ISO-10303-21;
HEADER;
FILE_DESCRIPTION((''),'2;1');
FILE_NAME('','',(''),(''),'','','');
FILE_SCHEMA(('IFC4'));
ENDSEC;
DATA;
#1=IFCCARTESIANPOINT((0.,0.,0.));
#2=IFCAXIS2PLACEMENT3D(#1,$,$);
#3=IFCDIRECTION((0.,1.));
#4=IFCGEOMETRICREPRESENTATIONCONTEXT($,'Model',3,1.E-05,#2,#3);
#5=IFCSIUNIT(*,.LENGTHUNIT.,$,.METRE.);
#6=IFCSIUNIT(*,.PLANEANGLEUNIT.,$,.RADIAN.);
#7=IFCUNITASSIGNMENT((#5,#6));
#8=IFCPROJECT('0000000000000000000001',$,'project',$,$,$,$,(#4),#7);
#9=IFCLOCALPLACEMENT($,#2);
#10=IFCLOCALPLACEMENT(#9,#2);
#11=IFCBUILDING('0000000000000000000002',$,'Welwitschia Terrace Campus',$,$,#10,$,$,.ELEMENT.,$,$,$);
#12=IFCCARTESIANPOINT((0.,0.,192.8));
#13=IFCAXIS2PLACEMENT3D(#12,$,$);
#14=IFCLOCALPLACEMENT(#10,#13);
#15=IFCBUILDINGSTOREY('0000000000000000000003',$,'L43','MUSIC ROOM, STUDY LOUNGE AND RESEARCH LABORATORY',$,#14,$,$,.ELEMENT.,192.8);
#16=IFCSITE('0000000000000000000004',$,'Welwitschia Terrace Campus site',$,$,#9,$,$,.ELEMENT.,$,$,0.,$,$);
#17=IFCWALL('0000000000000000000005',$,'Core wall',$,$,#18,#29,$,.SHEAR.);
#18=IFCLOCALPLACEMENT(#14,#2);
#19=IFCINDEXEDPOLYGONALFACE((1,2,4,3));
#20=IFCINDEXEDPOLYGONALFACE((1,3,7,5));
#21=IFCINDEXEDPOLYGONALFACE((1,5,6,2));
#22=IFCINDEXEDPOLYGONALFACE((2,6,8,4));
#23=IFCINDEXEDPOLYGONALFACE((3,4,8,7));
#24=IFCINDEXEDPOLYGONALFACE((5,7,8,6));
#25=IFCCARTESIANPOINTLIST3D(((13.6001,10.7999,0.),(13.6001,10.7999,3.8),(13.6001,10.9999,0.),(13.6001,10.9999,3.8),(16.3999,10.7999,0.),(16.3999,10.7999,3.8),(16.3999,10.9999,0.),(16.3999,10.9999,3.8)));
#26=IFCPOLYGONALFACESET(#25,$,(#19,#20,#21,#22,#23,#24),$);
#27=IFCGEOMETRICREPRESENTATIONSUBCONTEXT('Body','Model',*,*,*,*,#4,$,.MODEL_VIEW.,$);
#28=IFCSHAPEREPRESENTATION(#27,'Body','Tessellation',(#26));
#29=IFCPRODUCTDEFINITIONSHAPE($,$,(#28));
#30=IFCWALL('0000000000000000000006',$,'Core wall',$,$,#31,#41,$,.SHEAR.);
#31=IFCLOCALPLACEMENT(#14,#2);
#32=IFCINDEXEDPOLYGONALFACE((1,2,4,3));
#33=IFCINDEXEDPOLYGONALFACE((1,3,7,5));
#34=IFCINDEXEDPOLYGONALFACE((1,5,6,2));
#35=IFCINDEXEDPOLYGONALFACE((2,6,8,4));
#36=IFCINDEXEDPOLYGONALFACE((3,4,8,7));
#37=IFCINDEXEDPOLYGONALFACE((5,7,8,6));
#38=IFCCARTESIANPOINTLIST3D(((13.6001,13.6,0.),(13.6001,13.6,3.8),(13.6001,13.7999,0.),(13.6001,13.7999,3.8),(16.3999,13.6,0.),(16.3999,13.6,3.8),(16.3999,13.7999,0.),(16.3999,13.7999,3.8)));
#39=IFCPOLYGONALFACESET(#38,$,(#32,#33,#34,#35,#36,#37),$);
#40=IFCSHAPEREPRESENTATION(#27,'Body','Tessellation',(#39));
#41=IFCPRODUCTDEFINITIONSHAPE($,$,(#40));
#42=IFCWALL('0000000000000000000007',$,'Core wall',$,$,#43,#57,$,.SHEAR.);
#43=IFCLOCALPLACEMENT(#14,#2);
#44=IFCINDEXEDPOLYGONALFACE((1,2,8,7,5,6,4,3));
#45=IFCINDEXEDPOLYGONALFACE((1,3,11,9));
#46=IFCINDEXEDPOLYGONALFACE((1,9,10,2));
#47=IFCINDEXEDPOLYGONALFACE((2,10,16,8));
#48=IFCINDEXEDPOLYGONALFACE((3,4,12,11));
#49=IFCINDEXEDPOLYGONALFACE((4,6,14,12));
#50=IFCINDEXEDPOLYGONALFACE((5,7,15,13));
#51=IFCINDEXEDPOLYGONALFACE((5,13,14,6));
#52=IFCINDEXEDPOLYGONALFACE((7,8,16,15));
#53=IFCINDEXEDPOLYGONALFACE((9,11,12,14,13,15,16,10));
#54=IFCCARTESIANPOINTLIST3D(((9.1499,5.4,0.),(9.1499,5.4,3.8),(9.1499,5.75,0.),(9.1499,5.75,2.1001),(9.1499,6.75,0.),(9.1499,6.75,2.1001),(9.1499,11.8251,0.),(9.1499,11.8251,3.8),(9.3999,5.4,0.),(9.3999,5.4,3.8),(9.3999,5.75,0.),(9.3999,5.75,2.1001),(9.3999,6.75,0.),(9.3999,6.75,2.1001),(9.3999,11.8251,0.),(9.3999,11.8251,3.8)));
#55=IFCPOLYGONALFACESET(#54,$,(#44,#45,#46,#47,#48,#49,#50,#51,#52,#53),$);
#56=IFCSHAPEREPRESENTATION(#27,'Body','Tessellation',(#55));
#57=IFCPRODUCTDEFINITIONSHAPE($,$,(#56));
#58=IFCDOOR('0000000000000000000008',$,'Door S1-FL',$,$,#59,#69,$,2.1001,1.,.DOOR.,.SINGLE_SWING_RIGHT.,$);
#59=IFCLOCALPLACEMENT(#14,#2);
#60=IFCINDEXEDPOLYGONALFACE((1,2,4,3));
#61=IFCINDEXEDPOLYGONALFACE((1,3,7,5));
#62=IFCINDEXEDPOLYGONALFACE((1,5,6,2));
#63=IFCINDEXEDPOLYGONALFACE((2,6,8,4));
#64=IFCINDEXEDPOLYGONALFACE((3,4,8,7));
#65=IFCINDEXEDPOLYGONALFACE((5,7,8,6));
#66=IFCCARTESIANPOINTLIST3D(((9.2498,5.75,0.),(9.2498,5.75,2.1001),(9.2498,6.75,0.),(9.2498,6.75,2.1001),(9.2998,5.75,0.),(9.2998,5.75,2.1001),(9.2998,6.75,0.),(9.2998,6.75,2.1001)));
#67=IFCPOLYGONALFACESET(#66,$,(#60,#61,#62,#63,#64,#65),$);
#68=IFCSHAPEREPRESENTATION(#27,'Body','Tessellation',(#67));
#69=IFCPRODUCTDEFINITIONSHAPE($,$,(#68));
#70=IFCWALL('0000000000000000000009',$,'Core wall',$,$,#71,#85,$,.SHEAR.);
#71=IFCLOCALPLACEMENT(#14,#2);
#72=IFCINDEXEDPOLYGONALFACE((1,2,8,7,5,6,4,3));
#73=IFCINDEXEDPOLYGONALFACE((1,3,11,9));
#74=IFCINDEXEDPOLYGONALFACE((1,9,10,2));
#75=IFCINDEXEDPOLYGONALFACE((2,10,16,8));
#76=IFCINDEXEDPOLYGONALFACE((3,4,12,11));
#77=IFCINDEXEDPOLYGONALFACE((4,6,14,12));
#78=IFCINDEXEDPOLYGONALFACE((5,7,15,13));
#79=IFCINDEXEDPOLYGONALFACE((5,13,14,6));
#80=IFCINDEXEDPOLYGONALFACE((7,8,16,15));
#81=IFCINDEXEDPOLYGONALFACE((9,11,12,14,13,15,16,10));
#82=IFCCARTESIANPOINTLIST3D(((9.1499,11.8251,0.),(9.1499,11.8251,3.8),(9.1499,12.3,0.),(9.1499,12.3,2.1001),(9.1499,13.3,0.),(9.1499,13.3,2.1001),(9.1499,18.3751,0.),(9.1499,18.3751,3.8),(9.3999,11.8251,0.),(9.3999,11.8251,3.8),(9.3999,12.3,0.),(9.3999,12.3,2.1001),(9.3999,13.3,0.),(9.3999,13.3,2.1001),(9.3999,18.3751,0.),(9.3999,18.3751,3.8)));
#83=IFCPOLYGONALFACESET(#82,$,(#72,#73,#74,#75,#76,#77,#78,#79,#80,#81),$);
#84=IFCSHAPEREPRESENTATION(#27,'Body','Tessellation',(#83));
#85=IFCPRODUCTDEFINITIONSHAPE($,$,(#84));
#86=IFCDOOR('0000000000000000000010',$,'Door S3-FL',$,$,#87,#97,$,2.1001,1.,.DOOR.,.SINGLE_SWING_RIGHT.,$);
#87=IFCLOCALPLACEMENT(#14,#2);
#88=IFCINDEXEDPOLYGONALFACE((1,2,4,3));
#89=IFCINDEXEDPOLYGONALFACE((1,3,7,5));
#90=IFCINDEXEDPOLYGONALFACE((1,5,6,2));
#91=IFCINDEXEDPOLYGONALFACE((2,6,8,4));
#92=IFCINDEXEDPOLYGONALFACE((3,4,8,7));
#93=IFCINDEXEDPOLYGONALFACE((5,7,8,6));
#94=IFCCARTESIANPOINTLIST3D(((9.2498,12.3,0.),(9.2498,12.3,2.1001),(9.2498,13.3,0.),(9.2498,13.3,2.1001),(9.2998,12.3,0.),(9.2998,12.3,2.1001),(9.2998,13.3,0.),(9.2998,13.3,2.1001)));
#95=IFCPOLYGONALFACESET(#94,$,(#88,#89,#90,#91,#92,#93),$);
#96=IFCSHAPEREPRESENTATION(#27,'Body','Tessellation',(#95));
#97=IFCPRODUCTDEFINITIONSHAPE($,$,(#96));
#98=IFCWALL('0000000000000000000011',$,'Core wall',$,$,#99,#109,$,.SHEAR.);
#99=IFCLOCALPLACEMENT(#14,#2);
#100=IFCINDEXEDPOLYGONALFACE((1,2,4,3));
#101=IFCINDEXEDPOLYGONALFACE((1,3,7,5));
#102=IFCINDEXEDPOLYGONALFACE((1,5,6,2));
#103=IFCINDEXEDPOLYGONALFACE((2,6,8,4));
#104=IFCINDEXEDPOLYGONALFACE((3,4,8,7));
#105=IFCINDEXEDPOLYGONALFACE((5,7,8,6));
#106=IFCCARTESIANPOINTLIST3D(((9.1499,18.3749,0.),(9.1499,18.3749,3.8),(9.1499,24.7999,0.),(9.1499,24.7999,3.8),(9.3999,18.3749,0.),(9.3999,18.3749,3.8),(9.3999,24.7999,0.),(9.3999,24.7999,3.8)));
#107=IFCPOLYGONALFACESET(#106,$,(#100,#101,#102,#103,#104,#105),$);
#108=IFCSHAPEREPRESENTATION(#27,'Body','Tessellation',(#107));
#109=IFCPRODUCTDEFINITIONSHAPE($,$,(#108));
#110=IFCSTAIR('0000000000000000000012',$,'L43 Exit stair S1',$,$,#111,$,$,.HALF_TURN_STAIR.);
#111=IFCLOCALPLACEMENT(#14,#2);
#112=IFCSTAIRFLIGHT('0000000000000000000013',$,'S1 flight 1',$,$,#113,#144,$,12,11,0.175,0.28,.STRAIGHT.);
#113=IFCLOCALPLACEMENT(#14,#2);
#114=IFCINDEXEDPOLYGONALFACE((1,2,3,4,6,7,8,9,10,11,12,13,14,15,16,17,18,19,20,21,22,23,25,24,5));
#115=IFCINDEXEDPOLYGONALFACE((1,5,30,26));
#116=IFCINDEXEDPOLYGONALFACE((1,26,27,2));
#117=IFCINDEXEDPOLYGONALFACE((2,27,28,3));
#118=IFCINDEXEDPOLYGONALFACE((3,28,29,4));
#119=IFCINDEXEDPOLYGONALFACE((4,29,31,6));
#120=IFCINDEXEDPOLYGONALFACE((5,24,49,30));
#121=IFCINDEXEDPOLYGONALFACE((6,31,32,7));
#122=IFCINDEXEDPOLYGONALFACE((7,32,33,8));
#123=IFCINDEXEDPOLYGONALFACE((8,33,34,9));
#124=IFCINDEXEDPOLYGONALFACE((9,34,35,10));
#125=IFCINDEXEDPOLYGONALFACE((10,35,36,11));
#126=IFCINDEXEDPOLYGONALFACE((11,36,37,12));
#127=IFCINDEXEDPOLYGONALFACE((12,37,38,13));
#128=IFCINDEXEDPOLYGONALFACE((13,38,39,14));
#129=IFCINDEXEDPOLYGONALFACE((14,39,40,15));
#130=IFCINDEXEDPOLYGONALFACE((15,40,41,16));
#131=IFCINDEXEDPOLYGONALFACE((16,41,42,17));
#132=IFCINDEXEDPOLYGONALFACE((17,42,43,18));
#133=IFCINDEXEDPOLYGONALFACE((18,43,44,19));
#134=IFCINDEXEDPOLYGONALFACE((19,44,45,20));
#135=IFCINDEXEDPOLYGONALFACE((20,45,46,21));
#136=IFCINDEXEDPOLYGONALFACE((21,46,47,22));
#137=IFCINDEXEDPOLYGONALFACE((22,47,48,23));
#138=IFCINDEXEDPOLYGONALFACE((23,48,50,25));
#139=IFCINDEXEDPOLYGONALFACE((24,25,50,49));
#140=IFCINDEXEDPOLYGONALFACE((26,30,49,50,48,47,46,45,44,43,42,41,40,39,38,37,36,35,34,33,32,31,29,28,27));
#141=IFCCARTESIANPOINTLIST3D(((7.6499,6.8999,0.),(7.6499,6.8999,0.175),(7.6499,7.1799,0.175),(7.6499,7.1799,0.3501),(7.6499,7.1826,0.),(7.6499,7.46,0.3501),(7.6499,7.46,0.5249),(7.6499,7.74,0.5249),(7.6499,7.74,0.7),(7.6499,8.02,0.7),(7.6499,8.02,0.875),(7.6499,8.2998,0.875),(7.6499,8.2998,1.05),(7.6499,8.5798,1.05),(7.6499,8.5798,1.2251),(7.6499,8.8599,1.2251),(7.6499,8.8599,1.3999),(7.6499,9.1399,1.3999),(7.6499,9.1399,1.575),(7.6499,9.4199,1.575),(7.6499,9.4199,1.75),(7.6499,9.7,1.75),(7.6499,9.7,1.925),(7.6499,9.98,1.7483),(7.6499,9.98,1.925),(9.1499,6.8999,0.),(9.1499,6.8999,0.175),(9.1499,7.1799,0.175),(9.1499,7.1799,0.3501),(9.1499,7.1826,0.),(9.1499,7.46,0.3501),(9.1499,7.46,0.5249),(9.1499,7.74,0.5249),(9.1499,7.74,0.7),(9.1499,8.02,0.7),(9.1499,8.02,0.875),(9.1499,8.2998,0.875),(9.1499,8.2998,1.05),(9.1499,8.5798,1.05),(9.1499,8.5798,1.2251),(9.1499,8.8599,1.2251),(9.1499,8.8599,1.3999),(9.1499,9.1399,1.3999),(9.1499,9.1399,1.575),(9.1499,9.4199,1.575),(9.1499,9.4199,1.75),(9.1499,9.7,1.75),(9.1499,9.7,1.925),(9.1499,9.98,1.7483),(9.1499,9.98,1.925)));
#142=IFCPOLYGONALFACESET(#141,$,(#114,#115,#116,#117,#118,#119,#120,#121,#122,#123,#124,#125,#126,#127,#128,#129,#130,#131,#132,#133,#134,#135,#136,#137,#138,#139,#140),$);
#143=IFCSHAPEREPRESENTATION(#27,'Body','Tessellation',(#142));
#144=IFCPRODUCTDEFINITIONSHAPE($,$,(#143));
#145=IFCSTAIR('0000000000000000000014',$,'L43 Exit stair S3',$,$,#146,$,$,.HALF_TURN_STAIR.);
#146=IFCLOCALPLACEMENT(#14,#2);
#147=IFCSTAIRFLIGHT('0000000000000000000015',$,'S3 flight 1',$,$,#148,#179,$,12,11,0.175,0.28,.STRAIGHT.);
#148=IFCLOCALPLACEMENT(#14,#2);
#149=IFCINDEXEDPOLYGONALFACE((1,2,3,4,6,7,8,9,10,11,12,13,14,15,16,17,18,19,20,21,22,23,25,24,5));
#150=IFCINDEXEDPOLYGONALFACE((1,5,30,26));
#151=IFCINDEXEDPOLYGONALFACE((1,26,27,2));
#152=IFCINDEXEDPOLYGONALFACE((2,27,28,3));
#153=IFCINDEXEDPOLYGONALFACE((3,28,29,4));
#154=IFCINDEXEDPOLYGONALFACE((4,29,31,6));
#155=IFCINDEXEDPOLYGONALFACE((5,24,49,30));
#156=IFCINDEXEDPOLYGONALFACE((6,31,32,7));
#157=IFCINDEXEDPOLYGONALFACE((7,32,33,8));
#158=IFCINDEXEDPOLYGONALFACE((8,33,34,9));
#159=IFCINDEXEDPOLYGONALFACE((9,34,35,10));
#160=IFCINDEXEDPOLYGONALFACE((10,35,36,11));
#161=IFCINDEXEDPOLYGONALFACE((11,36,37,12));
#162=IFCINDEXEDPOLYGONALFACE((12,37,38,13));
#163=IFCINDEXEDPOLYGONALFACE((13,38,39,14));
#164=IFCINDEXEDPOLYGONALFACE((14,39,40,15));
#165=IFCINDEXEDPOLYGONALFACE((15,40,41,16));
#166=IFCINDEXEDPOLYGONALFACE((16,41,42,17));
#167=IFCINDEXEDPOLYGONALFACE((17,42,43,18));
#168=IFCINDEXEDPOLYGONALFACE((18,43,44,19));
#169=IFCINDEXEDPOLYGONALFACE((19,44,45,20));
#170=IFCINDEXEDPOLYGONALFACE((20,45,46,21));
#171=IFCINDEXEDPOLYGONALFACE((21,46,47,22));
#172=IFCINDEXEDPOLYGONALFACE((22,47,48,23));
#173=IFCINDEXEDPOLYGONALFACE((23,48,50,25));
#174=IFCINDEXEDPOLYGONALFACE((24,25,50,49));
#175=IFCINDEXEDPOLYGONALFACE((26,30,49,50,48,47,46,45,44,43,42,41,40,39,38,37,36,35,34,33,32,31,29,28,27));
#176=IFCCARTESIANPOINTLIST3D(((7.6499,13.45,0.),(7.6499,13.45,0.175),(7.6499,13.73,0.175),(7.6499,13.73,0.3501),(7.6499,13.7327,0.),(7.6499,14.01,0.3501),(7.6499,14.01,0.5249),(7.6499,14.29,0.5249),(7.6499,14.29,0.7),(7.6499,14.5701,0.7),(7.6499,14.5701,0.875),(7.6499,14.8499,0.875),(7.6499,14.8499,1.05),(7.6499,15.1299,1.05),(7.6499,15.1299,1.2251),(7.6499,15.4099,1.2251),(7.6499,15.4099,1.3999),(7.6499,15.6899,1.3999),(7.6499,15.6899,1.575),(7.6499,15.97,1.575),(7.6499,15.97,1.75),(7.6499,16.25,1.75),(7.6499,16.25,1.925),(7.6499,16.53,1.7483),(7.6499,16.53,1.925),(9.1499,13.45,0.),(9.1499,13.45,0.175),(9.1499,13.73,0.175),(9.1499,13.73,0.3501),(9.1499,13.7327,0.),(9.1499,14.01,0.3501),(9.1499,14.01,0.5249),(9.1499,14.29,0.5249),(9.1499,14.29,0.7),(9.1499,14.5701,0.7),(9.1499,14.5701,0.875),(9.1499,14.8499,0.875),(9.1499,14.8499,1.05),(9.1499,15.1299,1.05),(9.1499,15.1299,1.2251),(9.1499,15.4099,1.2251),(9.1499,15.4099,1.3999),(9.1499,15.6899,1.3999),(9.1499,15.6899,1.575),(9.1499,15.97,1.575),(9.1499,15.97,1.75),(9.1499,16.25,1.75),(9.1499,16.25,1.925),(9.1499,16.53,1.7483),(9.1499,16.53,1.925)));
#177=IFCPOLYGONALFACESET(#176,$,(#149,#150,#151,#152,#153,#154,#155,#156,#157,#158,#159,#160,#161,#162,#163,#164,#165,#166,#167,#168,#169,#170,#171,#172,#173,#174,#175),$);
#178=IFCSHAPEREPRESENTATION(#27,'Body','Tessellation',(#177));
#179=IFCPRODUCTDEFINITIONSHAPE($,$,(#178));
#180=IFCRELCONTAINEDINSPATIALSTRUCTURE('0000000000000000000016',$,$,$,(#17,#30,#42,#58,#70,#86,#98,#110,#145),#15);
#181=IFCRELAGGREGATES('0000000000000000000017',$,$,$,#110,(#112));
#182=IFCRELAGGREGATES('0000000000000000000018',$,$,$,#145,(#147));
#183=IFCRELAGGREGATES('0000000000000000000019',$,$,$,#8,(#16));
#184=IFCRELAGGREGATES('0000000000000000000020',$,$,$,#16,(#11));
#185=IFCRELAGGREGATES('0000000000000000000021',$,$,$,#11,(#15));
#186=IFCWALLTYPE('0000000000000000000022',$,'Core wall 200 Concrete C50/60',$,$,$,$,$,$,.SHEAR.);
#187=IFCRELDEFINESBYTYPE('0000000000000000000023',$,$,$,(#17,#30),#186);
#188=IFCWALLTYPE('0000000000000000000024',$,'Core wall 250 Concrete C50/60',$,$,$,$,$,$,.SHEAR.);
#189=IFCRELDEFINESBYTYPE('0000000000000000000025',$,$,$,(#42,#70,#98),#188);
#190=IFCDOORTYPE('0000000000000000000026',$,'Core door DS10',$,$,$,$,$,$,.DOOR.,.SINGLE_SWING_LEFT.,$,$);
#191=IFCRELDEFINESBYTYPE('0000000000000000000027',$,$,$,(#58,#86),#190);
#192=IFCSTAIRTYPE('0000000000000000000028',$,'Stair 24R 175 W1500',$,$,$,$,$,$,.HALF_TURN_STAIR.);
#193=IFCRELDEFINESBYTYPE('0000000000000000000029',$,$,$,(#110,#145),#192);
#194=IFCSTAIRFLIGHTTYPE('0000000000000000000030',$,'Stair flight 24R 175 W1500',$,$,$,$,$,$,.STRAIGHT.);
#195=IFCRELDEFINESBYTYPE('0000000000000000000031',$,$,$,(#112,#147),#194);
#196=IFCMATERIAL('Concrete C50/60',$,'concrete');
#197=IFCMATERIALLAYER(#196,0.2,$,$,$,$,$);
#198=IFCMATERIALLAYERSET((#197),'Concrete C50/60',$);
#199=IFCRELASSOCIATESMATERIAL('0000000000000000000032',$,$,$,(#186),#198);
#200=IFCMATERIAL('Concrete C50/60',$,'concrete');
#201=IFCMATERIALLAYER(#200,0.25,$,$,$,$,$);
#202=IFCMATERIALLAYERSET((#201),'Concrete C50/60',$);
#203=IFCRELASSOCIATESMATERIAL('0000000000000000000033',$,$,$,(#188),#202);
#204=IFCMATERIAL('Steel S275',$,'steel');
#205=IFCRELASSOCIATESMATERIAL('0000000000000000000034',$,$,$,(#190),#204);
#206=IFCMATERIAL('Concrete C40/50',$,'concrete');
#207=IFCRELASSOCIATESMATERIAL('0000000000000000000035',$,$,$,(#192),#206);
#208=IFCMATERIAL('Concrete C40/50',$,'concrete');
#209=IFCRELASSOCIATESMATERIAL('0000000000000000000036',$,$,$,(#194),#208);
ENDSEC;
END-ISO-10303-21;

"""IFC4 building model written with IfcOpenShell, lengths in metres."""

from ifc_helpers import new_model, si_unit, direction, frame, frame_2d, origin, place, context, subcontext, project, spatial, polyline, rectangle, outline, extrude, material, layer, layer_set, type_object, element, fill, aggregate, save


model = new_model("IFC4")

# Units and contexts
model_context = context("Model", 3, precision=1e-05, world=origin(), true_north=direction((0.0, 1.0)))
body_context = subcontext(model_context, "Body", "Model", "MODEL_VIEW")
ifc_project = project(units=[si_unit("LENGTHUNIT", "METRE"), si_unit("PLANEANGLEUNIT", "RADIAN")], contexts=[model_context])

# Site, building, storey
site_placement = place(None, origin())
site = spatial("IfcSite", under=ifc_project, at=site_placement, Name="Welwitschia Terrace Campus site", CompositionType="ELEMENT", RefElevation=0.0)
building_placement = place(site_placement, origin())
building = spatial("IfcBuilding", under=site, at=building_placement, Name="Welwitschia Terrace Campus", CompositionType="ELEMENT")
storey_placement = place(building_placement, frame((0.0, 0.0, 192.8)))
storey = spatial("IfcBuildingStorey", under=building, at=storey_placement, Name="L43", Description="MUSIC ROOM, STUDY LOUNGE AND RESEARCH LABORATORY", CompositionType="ELEMENT", Elevation=192.8)

# Walls
ifc_material_1 = material(Name="Concrete C50/60", Category="concrete")
ifc_layer_1 = layer(ifc_material_1, 0.2)
ifc_layer_set_1 = layer_set([ifc_layer_1], Name="Concrete C50/60")
wall_type_1 = type_object("IfcWallType", Name="Core wall 200 Concrete C50/60", PredefinedType="SHEAR", material=ifc_layer_set_1)
for number, where, z_axis, x_axis, name in (
    (1, (13.6001, 10.8999, 0.0), (0.0, 0.0, 1.0), (1.0, 0.0, 0.0), "Core wall"),
    (2, (13.6001, 13.7, 0.0), (0.0, 0.0, 1.0), (1.0, 0.0, 0.0), "Core wall"),
):
    element("IfcWall", number, at=place(storey_placement, frame(where, z_axis=z_axis, x_axis=x_axis)), inside=storey, type_object=wall_type_1, Name=name, PredefinedType="SHEAR", context=body_context, shape_type="SweptSolid", body=[
        extrude(rectangle(XDim=2.7998, YDim=0.2, at=frame_2d((1.3999, 0.0))), origin(), (0.0, 0.0, 1.0), 3.8),
    ])

# Walls, openings, doors
ifc_material_2 = material(Name="Concrete C50/60", Category="concrete")
ifc_layer_2 = layer(ifc_material_2, 0.25)
ifc_layer_set_2 = layer_set([ifc_layer_2], Name="Concrete C50/60")
wall_type_2 = type_object("IfcWallType", Name="Core wall 250 Concrete C50/60", PredefinedType="SHEAR", material=ifc_layer_set_2)
wall_1_placement = place(storey_placement, frame((9.2749, 11.825, 0.0), z_axis=(0.0, 0.0, 1.0), x_axis=(0.0, -1.0, 0.0)))
wall_1 = element("IfcWall", 3, at=wall_1_placement, inside=storey, type_object=wall_type_2, Name="Core wall", PredefinedType="SHEAR", context=body_context, shape_type="SweptSolid", body=[
    extrude(rectangle(XDim=6.425, YDim=0.25, at=frame_2d((3.2124, 0.0))), origin(), (0.0, 0.0, 1.0), 3.8),
])
opening_1_placement = place(wall_1_placement, frame((5.075, 0.0, 0.0)))
opening_1 = element("IfcOpeningElement", 4, at=opening_1_placement, cuts=wall_1, PredefinedType="OPENING", context=body_context, shape_type="SweptSolid", body=[
    extrude(rectangle(XDim=1.0, YDim=2.1001, at=frame_2d((0.5, 1.05))), frame((0.0, 0.135, 0.0), z_axis=(0.0, -1.0, 0.0), x_axis=(1.0, 0.0, 0.0)), (0.0, 0.0, 1.0), 0.27),
])
ifc_material_3 = material(Name="Steel S275", Category="steel")
door_type_1 = type_object("IfcDoorType", Name="Core door DS10", OperationType="SINGLE_SWING_LEFT", PredefinedType="DOOR", material=ifc_material_3)
door_1_placement = place(opening_1_placement, origin())
door_1 = element("IfcDoor", 5, at=door_1_placement, inside=storey, type_object=door_type_1, Name="Door S1-FL", OperationType="SINGLE_SWING_RIGHT", OverallHeight=2.1001, OverallWidth=1.0, PredefinedType="DOOR", context=body_context, shape_type="SweptSolid", body=[
    extrude(rectangle(XDim=1.0, YDim=2.1001, at=frame_2d((0.5, 1.05))), frame((0.0, 0.0249, 0.0), z_axis=(0.0, -1.0, 0.0), x_axis=(1.0, 0.0, 0.0)), (0.0, 0.0, 1.0), 0.05),
])
fill(opening_1, door_1)
wall_2_placement = place(storey_placement, frame((9.2749, 18.375, 0.0), z_axis=(0.0, 0.0, 1.0), x_axis=(0.0, -1.0, 0.0)))
wall_2 = element("IfcWall", 6, at=wall_2_placement, inside=storey, type_object=wall_type_2, Name="Core wall", PredefinedType="SHEAR", context=body_context, shape_type="SweptSolid", body=[
    extrude(rectangle(XDim=6.55, YDim=0.25, at=frame_2d((3.2749, 0.0))), origin(), (0.0, 0.0, 1.0), 3.8),
])
opening_2_placement = place(wall_2_placement, frame((5.075, 0.0, 0.0)))
opening_2 = element("IfcOpeningElement", 7, at=opening_2_placement, cuts=wall_2, PredefinedType="OPENING", context=body_context, shape_type="SweptSolid", body=[
    extrude(rectangle(XDim=1.0, YDim=2.1001, at=frame_2d((0.5, 1.05))), frame((0.0, 0.135, 0.0), z_axis=(0.0, -1.0, 0.0), x_axis=(1.0, 0.0, 0.0)), (0.0, 0.0, 1.0), 0.27),
])
door_2_placement = place(opening_2_placement, origin())
door_2 = element("IfcDoor", 8, at=door_2_placement, inside=storey, type_object=door_type_1, Name="Door S3-FL", OperationType="SINGLE_SWING_RIGHT", OverallHeight=2.1001, OverallWidth=1.0, PredefinedType="DOOR", context=body_context, shape_type="SweptSolid", body=[
    extrude(rectangle(XDim=1.0, YDim=2.1001, at=frame_2d((0.5, 1.05))), frame((0.0, 0.0249, 0.0), z_axis=(0.0, -1.0, 0.0), x_axis=(1.0, 0.0, 0.0)), (0.0, 0.0, 1.0), 0.05),
])
fill(opening_2, door_2)

# Wall
wall_3_placement = place(storey_placement, frame((9.2749, 18.375, 0.0), z_axis=(0.0, 0.0, 1.0), x_axis=(0.0, 1.0, 0.0)))
element("IfcWall", 9, at=wall_3_placement, inside=storey, type_object=wall_type_2, Name="Core wall", PredefinedType="SHEAR", context=body_context, shape_type="SweptSolid", body=[
    extrude(rectangle(XDim=6.425, YDim=0.25, at=frame_2d((3.2124, 0.0))), origin(), (0.0, 0.0, 1.0), 3.8),
])

# Stairs, stair flights
ifc_material_4 = material(Name="Concrete C40/50", Category="concrete")
stair_type = type_object("IfcStairType", Name="Stair 24R 175 W1500", PredefinedType="HALF_TURN_STAIR", material=ifc_material_4)
stair_1_placement = place(storey_placement, origin())
stair_1 = element("IfcStair", 10, at=stair_1_placement, inside=storey, type_object=stair_type, Name="L43 Exit stair S1", PredefinedType="HALF_TURN_STAIR")
ifc_material_5 = material(Name="Concrete C40/50", Category="concrete")
stair_flight_type = type_object("IfcStairFlightType", Name="Stair flight 24R 175 W1500", PredefinedType="STRAIGHT", material=ifc_material_5)
stair_flight_1_placement = place(storey_placement, frame((8.3999, 6.8999, 0.0), z_axis=(0.0, 0.0, 1.0), x_axis=(0.0, 1.0, 0.0)))
stair_flight_1 = element("IfcStairFlight", 11, at=stair_flight_1_placement, type_object=stair_flight_type, Name="S1 flight 1", NumberOfRisers=12, NumberOfTreads=11, PredefinedType="STRAIGHT", RiserHeight=0.175, TreadLength=0.28, context=body_context, shape_type="SweptSolid", body=[
    extrude(outline(polyline([(0.0, 0.0), (0.0, 0.175), (0.28, 0.175), (0.28, 0.3501), (0.5601, 0.3501), (0.5601, 0.5249), (0.8401, 0.5249), (0.8401, 0.7), (1.1201, 0.7), (1.1201, 0.875), (1.3999, 0.875), (1.3999, 1.05), (1.6799, 1.05), (1.6799, 1.2251), (1.96, 1.2251), (1.96, 1.3999), (2.24, 1.3999), (2.24, 1.575), (2.52, 1.575), (2.52, 1.75), (2.8, 1.75), (2.8, 1.925), (3.0801, 1.925), (3.0801, 2.1001), (3.0801, 1.7483), (0.2827, 0.0), (0.0, 0.0)])), frame((0.0, 0.75, 0.0), z_axis=(0.0, -1.0, 0.0), x_axis=(1.0, 0.0, 0.0)), (0.0, 0.0, 1.0), 1.5),
])
aggregate(stair_1, [stair_flight_1])
stair_2_placement = place(storey_placement, origin())
stair_2 = element("IfcStair", 12, at=stair_2_placement, inside=storey, type_object=stair_type, Name="L43 Exit stair S3", PredefinedType="HALF_TURN_STAIR")
stair_flight_2_placement = place(storey_placement, frame((8.3999, 13.45, 0.0), z_axis=(0.0, 0.0, 1.0), x_axis=(0.0, 1.0, 0.0)))
stair_flight_2 = element("IfcStairFlight", 13, at=stair_flight_2_placement, type_object=stair_flight_type, Name="S3 flight 1", NumberOfRisers=12, NumberOfTreads=11, PredefinedType="STRAIGHT", RiserHeight=0.175, TreadLength=0.28, context=body_context, shape_type="SweptSolid", body=[
    extrude(outline(polyline([(0.0, 0.0), (0.0, 0.175), (0.28, 0.175), (0.28, 0.3501), (0.5601, 0.3501), (0.5601, 0.5249), (0.8401, 0.5249), (0.8401, 0.7), (1.1201, 0.7), (1.1201, 0.875), (1.3999, 0.875), (1.3999, 1.05), (1.6799, 1.05), (1.6799, 1.2251), (1.96, 1.2251), (1.96, 1.3999), (2.24, 1.3999), (2.24, 1.575), (2.52, 1.575), (2.52, 1.75), (2.8, 1.75), (2.8, 1.925), (3.0801, 1.925), (3.0801, 2.1001), (3.0801, 1.7483), (0.2827, 0.0), (0.0, 0.0)])), frame((0.0, 0.75, 0.0), z_axis=(0.0, -1.0, 0.0), x_axis=(1.0, 0.0, 0.0)), (0.0, 0.0, 1.0), 1.5),
])
aggregate(stair_2, [stair_flight_2])

save(model, "model.ifc")
